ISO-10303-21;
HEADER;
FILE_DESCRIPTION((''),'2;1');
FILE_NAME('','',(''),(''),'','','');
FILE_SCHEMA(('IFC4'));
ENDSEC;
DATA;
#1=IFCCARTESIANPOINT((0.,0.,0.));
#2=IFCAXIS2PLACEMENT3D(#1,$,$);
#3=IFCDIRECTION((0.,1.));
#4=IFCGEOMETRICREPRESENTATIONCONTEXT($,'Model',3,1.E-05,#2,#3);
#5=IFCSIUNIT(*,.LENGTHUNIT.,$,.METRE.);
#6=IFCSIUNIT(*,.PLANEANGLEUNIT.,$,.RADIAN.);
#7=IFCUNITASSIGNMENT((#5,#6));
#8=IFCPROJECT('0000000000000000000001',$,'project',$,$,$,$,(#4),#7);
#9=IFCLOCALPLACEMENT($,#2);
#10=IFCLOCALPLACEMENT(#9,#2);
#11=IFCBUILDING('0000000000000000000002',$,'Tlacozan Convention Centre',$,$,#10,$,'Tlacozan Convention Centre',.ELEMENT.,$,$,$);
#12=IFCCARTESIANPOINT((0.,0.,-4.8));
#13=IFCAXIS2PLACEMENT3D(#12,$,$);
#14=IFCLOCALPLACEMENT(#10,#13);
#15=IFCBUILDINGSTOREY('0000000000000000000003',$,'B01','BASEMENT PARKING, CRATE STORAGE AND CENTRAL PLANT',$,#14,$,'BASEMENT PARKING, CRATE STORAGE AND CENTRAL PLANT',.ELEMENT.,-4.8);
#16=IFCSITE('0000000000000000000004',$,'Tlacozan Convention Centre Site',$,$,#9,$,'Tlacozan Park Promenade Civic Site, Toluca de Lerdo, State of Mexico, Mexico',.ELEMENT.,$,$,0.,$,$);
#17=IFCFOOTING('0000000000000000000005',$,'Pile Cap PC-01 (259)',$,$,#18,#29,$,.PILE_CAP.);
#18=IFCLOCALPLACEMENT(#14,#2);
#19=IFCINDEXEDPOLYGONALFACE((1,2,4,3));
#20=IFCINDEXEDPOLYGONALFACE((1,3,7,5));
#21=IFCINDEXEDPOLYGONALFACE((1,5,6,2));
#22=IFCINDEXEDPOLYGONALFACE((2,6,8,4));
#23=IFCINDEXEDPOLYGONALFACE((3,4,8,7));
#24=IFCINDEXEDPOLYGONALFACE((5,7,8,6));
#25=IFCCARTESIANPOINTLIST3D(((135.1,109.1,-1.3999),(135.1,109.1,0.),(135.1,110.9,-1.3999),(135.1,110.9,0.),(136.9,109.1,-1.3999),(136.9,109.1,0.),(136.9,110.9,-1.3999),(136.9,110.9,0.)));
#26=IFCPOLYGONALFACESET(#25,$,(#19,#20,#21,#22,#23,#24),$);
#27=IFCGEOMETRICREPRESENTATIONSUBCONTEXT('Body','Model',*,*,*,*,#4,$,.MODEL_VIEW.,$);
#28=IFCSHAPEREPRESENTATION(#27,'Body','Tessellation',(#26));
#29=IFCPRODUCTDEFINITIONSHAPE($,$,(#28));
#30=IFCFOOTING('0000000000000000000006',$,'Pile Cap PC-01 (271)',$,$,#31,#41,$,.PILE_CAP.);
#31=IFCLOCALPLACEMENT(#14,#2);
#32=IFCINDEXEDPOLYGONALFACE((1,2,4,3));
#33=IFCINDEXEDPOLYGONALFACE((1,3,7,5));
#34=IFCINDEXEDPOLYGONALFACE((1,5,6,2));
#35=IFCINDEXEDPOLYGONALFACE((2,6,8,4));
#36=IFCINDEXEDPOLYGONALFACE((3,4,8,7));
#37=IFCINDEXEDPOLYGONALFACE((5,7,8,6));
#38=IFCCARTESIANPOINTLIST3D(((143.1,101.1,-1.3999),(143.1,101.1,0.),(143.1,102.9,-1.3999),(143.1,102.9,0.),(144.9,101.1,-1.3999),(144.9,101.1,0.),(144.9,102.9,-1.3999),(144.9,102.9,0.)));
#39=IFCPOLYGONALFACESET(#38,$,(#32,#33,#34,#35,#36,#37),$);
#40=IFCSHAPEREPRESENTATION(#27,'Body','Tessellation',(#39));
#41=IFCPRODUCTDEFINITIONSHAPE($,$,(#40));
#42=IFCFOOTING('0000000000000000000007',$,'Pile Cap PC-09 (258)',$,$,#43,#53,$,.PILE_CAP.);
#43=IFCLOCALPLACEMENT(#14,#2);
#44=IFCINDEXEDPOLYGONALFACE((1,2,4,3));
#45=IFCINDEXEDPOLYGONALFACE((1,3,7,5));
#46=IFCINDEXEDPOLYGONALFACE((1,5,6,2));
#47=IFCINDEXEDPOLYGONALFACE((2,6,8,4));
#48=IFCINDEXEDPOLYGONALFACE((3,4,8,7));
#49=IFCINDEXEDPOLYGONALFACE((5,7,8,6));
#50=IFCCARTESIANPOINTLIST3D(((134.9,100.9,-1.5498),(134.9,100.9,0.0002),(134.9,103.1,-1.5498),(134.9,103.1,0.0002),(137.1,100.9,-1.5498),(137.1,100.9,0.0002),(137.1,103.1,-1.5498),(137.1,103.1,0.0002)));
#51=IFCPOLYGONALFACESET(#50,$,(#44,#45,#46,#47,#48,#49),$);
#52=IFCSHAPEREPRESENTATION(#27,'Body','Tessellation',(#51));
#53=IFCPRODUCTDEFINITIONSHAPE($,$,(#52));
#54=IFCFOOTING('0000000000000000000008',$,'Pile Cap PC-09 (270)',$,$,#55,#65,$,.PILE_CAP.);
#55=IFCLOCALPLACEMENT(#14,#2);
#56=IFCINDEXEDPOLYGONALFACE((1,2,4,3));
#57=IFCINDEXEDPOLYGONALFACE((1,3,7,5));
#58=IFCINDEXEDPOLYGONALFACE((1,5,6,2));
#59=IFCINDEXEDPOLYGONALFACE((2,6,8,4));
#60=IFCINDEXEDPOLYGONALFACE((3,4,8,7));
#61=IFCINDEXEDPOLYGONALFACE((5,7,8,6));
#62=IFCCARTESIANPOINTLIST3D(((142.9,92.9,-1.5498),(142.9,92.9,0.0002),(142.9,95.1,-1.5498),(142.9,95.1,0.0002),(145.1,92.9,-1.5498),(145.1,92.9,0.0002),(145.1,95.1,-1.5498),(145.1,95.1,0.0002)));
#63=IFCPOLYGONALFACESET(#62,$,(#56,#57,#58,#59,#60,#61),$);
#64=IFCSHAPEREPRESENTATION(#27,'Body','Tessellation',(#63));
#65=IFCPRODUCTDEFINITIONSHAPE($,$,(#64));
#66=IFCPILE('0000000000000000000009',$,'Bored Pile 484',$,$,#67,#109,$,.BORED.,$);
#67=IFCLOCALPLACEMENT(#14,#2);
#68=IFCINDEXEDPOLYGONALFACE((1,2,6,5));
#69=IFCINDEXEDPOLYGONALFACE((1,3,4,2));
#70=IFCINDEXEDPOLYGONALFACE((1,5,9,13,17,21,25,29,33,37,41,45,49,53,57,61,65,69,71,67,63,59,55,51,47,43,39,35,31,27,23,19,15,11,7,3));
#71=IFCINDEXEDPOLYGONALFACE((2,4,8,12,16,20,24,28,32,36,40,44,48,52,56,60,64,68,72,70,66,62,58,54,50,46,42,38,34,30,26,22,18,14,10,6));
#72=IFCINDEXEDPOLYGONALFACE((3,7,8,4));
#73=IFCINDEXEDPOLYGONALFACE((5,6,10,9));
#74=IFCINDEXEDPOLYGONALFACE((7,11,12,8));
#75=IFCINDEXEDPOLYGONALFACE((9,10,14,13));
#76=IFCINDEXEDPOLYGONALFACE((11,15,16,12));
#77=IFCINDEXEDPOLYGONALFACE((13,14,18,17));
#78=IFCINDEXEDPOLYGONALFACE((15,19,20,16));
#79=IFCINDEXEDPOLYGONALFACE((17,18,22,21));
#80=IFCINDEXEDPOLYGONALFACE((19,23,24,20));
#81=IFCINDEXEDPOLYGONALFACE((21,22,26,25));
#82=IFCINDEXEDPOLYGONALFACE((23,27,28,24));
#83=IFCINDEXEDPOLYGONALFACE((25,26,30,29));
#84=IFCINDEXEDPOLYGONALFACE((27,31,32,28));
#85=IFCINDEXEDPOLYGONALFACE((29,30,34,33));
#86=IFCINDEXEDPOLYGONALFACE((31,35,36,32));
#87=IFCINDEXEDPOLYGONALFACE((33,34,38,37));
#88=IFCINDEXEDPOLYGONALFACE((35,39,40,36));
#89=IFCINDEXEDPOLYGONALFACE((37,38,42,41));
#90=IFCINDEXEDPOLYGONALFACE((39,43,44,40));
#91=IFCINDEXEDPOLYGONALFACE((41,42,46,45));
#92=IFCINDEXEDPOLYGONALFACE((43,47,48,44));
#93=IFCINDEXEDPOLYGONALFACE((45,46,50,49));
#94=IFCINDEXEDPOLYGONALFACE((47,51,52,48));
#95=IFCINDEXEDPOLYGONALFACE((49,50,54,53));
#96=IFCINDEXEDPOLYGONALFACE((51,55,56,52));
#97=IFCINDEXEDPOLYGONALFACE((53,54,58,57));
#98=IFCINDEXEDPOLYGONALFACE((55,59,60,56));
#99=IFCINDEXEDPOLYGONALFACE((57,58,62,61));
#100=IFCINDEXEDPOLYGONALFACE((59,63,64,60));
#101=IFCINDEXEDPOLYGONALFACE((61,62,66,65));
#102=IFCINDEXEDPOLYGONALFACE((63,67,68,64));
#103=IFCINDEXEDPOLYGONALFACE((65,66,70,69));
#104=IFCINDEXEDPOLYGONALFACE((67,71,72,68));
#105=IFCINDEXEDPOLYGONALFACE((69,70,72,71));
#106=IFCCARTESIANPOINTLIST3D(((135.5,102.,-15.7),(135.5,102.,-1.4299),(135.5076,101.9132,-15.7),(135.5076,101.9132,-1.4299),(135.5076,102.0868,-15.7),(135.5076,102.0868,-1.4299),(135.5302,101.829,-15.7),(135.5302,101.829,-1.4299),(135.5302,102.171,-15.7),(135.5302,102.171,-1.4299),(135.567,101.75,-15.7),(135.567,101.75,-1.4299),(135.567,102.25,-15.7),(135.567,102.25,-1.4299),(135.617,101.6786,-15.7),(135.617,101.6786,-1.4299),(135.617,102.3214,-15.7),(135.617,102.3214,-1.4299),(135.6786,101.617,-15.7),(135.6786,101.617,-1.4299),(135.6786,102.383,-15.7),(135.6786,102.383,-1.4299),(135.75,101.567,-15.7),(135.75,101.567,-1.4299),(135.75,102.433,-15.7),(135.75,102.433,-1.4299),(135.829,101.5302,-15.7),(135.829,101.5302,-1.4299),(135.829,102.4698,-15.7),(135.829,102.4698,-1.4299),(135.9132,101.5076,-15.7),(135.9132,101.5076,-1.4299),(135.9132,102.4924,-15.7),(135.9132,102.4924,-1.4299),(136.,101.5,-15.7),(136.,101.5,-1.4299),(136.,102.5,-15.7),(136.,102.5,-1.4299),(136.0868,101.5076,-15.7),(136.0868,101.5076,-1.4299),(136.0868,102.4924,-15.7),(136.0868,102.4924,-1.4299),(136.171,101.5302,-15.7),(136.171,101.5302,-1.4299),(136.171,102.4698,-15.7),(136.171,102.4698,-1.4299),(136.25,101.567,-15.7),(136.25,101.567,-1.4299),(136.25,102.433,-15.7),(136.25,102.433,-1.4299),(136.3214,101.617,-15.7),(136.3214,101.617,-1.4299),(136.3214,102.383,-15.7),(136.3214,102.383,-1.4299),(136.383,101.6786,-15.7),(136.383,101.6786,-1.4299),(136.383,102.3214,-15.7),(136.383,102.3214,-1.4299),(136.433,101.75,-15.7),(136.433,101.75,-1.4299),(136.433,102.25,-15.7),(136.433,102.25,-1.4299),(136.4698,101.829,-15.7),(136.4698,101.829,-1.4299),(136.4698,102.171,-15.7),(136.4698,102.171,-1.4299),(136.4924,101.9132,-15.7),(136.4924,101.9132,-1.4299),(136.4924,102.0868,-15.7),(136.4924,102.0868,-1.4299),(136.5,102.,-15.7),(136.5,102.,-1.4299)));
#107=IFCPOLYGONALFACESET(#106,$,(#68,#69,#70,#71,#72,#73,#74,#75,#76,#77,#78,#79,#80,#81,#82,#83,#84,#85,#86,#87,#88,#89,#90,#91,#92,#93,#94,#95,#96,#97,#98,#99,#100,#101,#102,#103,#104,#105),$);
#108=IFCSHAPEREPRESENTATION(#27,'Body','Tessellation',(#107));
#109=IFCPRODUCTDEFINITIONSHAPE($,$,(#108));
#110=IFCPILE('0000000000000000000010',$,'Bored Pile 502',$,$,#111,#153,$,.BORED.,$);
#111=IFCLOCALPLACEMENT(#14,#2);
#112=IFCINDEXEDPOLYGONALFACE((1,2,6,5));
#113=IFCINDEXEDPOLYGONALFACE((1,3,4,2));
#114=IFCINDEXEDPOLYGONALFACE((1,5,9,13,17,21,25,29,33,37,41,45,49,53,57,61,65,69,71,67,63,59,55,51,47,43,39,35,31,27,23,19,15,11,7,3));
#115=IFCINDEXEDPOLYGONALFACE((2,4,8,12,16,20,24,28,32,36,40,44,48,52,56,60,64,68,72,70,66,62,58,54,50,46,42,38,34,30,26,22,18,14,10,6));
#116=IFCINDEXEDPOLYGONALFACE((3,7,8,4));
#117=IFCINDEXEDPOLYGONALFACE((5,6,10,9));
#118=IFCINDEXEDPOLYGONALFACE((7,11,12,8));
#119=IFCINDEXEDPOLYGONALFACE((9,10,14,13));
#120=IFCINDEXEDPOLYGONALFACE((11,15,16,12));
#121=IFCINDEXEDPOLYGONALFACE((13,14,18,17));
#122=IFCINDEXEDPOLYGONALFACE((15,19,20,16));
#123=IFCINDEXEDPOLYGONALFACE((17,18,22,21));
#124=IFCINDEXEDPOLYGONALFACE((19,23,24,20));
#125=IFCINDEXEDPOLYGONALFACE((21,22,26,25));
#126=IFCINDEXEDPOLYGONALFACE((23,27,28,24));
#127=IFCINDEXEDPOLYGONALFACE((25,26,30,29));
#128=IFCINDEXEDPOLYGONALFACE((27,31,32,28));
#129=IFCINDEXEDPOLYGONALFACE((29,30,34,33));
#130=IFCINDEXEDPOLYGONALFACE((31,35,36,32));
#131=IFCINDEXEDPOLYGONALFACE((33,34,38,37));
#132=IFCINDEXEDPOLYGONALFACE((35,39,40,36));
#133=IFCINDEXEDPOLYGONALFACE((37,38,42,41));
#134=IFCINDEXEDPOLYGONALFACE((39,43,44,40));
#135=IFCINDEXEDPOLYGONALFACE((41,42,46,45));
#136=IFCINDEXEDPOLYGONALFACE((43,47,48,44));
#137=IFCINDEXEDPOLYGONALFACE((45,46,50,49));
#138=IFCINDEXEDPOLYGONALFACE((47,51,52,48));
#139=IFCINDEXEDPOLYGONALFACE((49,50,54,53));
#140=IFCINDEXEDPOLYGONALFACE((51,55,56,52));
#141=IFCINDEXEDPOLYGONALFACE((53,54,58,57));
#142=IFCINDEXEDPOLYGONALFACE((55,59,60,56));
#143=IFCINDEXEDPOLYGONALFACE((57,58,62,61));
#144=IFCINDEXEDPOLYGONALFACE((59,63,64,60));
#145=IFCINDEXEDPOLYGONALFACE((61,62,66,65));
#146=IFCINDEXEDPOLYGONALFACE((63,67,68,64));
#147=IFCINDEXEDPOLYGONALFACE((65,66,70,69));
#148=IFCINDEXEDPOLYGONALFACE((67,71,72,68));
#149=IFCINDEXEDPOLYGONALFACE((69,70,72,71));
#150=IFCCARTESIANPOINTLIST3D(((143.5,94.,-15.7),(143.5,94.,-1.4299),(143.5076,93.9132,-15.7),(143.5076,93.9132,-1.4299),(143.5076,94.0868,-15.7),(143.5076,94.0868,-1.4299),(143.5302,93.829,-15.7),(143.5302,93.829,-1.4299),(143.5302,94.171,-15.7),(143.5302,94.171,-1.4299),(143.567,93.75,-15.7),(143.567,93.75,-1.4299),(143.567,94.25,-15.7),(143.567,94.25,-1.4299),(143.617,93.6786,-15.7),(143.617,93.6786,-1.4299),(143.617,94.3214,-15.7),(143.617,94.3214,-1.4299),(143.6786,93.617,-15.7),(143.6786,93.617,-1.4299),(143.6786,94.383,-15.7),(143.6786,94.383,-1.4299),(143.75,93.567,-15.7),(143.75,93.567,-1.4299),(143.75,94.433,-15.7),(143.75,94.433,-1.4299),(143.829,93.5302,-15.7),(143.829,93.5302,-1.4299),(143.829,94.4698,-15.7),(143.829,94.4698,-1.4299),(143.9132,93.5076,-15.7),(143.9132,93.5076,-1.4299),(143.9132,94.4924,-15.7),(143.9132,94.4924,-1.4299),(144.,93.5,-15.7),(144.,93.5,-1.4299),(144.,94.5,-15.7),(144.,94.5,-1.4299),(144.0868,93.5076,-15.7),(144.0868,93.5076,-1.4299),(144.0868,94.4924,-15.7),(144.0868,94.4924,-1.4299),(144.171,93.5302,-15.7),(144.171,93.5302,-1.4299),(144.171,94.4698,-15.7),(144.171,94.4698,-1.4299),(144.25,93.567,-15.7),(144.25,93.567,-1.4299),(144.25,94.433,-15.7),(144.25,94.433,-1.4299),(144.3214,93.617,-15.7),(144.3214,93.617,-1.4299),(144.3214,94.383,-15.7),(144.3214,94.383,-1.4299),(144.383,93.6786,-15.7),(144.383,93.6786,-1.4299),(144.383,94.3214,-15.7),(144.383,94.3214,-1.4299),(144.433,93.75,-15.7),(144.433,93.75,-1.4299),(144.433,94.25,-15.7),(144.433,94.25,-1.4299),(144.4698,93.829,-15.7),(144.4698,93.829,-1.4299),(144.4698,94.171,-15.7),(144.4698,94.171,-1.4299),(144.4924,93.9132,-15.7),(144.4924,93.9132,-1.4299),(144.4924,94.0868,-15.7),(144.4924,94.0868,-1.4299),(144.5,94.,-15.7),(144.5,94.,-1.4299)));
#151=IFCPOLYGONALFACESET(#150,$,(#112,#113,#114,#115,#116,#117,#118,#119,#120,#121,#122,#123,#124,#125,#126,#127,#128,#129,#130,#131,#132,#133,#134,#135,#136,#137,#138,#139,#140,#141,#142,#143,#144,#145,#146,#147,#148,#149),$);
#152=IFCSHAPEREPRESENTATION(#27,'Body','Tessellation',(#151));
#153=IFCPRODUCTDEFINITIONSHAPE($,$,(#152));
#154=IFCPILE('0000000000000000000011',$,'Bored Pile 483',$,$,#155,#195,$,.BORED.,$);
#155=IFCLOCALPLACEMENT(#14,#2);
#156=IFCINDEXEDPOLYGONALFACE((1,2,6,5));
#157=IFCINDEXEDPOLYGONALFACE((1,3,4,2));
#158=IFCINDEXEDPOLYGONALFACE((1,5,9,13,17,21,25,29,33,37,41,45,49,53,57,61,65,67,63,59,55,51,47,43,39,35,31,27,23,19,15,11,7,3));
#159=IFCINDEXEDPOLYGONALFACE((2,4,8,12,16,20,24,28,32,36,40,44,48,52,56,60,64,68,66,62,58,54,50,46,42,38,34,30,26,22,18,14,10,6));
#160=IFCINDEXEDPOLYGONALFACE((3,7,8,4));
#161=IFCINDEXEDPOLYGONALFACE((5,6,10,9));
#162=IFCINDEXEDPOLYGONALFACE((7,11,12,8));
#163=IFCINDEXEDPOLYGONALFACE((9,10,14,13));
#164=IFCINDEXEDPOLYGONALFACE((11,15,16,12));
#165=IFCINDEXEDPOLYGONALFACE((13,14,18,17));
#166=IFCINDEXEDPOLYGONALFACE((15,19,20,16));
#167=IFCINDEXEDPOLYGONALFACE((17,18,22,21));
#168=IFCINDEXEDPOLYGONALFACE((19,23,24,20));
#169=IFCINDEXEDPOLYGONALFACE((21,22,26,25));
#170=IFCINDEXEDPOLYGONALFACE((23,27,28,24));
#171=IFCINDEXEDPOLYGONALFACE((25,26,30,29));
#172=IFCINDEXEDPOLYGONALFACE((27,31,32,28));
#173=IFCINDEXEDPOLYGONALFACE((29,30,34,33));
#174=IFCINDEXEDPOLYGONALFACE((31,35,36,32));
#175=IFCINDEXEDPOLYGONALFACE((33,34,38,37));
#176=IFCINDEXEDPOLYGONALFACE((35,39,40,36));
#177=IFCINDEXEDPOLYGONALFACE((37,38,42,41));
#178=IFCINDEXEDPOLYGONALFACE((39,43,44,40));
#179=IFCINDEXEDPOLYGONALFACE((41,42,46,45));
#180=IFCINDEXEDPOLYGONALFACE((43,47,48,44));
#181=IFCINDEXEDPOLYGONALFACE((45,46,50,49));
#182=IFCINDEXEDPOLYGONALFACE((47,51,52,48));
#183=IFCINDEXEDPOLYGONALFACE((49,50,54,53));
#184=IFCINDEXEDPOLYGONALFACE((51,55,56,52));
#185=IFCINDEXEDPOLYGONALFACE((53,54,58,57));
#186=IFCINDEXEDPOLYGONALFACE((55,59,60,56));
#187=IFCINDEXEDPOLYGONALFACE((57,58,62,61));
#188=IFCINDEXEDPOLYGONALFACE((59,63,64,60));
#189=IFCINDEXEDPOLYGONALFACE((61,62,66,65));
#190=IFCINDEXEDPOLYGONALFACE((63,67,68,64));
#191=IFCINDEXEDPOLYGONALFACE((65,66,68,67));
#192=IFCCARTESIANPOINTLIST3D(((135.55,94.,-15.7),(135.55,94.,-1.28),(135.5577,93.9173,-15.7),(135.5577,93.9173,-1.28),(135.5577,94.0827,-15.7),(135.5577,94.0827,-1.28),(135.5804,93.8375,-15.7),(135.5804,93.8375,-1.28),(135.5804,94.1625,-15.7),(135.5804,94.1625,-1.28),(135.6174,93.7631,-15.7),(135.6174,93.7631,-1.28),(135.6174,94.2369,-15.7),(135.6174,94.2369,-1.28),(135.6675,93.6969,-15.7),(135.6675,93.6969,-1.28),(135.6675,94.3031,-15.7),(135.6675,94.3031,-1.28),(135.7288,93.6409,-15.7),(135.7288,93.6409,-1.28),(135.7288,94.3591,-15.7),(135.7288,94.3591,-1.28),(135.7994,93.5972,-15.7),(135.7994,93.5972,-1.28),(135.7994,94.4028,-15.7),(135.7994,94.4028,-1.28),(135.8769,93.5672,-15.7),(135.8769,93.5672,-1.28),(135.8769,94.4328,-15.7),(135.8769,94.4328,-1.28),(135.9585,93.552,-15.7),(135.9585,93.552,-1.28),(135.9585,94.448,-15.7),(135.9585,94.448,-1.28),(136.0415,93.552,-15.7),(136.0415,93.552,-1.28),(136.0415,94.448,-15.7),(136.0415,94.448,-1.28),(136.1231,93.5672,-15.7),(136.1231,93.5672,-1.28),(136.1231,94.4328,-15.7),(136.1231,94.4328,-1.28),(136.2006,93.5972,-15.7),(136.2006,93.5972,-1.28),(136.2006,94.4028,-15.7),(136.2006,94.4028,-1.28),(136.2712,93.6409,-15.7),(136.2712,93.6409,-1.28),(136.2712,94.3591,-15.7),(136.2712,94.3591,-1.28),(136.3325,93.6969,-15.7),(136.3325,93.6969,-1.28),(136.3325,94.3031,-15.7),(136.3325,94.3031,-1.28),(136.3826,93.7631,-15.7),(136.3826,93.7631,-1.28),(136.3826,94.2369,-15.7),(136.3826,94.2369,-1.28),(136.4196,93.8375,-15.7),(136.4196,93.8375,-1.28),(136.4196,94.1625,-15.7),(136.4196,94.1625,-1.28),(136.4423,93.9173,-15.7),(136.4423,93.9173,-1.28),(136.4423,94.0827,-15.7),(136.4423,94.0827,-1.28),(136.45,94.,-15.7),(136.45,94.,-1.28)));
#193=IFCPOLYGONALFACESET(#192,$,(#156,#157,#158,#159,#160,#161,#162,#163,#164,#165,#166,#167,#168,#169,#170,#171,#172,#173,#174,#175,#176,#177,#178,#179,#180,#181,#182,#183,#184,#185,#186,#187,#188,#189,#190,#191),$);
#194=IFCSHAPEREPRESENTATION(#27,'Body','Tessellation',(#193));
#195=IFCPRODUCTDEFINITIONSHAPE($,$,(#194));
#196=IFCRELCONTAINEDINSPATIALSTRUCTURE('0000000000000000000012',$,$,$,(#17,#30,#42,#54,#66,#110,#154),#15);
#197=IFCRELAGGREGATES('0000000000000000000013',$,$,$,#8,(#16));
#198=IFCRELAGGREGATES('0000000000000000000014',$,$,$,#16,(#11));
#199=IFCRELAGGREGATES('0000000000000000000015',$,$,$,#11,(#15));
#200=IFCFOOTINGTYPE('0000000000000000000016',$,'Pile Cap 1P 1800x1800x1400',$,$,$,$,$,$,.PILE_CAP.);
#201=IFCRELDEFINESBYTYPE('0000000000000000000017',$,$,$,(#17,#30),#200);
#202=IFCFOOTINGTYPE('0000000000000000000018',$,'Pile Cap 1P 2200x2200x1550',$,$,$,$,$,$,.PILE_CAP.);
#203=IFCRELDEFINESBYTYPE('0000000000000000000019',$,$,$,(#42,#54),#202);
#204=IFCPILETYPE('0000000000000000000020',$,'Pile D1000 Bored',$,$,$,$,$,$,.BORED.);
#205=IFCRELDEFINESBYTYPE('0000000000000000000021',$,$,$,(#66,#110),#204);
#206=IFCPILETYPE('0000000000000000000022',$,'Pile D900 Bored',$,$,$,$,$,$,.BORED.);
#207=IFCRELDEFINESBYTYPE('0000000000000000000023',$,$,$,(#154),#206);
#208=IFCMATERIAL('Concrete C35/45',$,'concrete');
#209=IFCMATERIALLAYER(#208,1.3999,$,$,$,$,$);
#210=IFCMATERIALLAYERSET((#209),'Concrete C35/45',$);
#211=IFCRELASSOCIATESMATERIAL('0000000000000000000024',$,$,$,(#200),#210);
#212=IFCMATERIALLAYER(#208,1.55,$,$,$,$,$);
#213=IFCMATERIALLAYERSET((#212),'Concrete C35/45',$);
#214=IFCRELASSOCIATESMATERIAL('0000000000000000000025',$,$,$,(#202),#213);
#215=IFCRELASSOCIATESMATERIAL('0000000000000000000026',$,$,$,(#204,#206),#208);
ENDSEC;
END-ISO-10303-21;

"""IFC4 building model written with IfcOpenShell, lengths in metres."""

from ifc_helpers import new_model, si_unit, direction, frame, origin, origin_2d, place, context, subcontext, project, spatial, rectangle, circle, extrude, material, layer, layer_set, material_profile, profile_set, type_object, element, save


model = new_model("IFC4")

# Units and contexts
model_context = context("Model", 3, precision=1e-05, world=origin(), true_north=direction((0.0, 1.0)))
body_context = subcontext(model_context, "Body", "Model", "MODEL_VIEW")
ifc_project = project(units=[si_unit("LENGTHUNIT", "METRE"), si_unit("PLANEANGLEUNIT", "RADIAN")], contexts=[model_context])

# Site, building, storey
site_placement = place(None, origin())
site = spatial("IfcSite", under=ifc_project, at=site_placement, Name="Tlacozan Convention Centre Site", LongName="Tlacozan Park Promenade Civic Site, Toluca de Lerdo, State of Mexico, Mexico", CompositionType="ELEMENT", RefElevation=0.0)
building_placement = place(site_placement, origin())
building = spatial("IfcBuilding", under=site, at=building_placement, Name="Tlacozan Convention Centre", LongName="Tlacozan Convention Centre", CompositionType="ELEMENT")
storey_placement = place(building_placement, frame((0.0, 0.0, -4.8)))
storey = spatial("IfcBuildingStorey", under=building, at=storey_placement, Name="B01", Description="BASEMENT PARKING, CRATE STORAGE AND CENTRAL PLANT", LongName="BASEMENT PARKING, CRATE STORAGE AND CENTRAL PLANT", CompositionType="ELEMENT", Elevation=-4.8)

# Footings
ifc_material_1 = material(Name="Concrete C35/45", Category="concrete")
ifc_layer_1 = layer(ifc_material_1, 1.3999)
ifc_layer_set_1 = layer_set([ifc_layer_1], Name="Concrete C35/45")
footing_type_1 = type_object("IfcFootingType", Name="Pile Cap 1P 1800x1800x1400", PredefinedType="PILE_CAP", material=ifc_layer_set_1)
for number, where, z_axis, x_axis, name in (
    (1, (136.0, 110.0, -1.3999), (0.0, 0.0, 1.0), (1.0, 0.0, 0.0), "Pile Cap PC-01 (259)"),
    (2, (144.0, 102.0, -1.3999), (0.0, 0.0, 1.0), (1.0, 0.0, 0.0), "Pile Cap PC-01 (271)"),
):
    element("IfcFooting", number, at=place(storey_placement, frame(where, z_axis=z_axis, x_axis=x_axis)), inside=storey, type_object=footing_type_1, Name=name, PredefinedType="PILE_CAP", context=body_context, shape_type="SweptSolid", body=[
        extrude(rectangle(XDim=1.8, YDim=1.8, at=origin_2d()), origin(), (0.0, 0.0, 1.0), 1.3999),
    ])
ifc_layer_2 = layer(ifc_material_1, 1.55)
ifc_layer_set_2 = layer_set([ifc_layer_2], Name="Concrete C35/45")
footing_type_2 = type_object("IfcFootingType", Name="Pile Cap 1P 2200x2200x1550", PredefinedType="PILE_CAP", material=ifc_layer_set_2)
for number, where, z_axis, x_axis, name in (
    (3, (136.0, 102.0, -1.5498), (0.0, 0.0, 1.0), (1.0, 0.0, 0.0), "Pile Cap PC-09 (258)"),
    (4, (144.0, 94.0, -1.5498), (0.0, 0.0, 1.0), (1.0, 0.0, 0.0), "Pile Cap PC-09 (270)"),
):
    element("IfcFooting", number, at=place(storey_placement, frame(where, z_axis=z_axis, x_axis=x_axis)), inside=storey, type_object=footing_type_2, Name=name, PredefinedType="PILE_CAP", context=body_context, shape_type="SweptSolid", body=[
        extrude(rectangle(XDim=2.2, YDim=2.2, at=origin_2d()), origin(), (0.0, 0.0, 1.0), 1.55),
    ])

# Piles
ifc_material_profile_1 = material_profile(ifc_material_1, circle(Radius=0.5, at=origin_2d()), Name="PILE D1000")
ifc_profile_set_1 = profile_set([ifc_material_profile_1], Name="Concrete C35/45")
pile_type_1 = type_object("IfcPileType", Name="Pile D1000 Bored", PredefinedType="BORED", material=ifc_profile_set_1)
for number, where, z_axis, x_axis, name in (
    (5, (136.0, 102.0, -1.4299), (0.0, 0.0, -1.0), (1.0, 0.0, 0.0), "Bored Pile 484"),
    (6, (144.0, 94.0, -1.4299), (0.0, 0.0, -1.0), (1.0, 0.0, 0.0), "Bored Pile 502"),
):
    element("IfcPile", number, at=place(storey_placement, frame(where, z_axis=z_axis, x_axis=x_axis)), inside=storey, type_object=pile_type_1, Name=name, PredefinedType="BORED", context=body_context, shape_type="SweptSolid", body=[
        extrude(circle(Radius=0.5, at=origin_2d()), origin(), (0.0, 0.0, 1.0), 14.27),
    ])
ifc_material_profile_2 = material_profile(ifc_material_1, circle(Radius=0.45, at=origin_2d()), Name="PILE D900")
ifc_profile_set_2 = profile_set([ifc_material_profile_2], Name="Concrete C35/45")
pile_type_2 = type_object("IfcPileType", Name="Pile D900 Bored", PredefinedType="BORED", material=ifc_profile_set_2)
for number, where, z_axis, x_axis, name in (
    (7, (136.0, 94.0, -1.28), (0.0, 0.0, -1.0), (1.0, 0.0, 0.0), "Bored Pile 483"),
):
    element("IfcPile", number, at=place(storey_placement, frame(where, z_axis=z_axis, x_axis=x_axis)), inside=storey, type_object=pile_type_2, Name=name, PredefinedType="BORED", context=body_context, shape_type="SweptSolid", body=[
        extrude(circle(Radius=0.45, at=origin_2d()), origin(), (0.0, 0.0, 1.0), 14.4199),
    ])

save(model, "model.ifc")
